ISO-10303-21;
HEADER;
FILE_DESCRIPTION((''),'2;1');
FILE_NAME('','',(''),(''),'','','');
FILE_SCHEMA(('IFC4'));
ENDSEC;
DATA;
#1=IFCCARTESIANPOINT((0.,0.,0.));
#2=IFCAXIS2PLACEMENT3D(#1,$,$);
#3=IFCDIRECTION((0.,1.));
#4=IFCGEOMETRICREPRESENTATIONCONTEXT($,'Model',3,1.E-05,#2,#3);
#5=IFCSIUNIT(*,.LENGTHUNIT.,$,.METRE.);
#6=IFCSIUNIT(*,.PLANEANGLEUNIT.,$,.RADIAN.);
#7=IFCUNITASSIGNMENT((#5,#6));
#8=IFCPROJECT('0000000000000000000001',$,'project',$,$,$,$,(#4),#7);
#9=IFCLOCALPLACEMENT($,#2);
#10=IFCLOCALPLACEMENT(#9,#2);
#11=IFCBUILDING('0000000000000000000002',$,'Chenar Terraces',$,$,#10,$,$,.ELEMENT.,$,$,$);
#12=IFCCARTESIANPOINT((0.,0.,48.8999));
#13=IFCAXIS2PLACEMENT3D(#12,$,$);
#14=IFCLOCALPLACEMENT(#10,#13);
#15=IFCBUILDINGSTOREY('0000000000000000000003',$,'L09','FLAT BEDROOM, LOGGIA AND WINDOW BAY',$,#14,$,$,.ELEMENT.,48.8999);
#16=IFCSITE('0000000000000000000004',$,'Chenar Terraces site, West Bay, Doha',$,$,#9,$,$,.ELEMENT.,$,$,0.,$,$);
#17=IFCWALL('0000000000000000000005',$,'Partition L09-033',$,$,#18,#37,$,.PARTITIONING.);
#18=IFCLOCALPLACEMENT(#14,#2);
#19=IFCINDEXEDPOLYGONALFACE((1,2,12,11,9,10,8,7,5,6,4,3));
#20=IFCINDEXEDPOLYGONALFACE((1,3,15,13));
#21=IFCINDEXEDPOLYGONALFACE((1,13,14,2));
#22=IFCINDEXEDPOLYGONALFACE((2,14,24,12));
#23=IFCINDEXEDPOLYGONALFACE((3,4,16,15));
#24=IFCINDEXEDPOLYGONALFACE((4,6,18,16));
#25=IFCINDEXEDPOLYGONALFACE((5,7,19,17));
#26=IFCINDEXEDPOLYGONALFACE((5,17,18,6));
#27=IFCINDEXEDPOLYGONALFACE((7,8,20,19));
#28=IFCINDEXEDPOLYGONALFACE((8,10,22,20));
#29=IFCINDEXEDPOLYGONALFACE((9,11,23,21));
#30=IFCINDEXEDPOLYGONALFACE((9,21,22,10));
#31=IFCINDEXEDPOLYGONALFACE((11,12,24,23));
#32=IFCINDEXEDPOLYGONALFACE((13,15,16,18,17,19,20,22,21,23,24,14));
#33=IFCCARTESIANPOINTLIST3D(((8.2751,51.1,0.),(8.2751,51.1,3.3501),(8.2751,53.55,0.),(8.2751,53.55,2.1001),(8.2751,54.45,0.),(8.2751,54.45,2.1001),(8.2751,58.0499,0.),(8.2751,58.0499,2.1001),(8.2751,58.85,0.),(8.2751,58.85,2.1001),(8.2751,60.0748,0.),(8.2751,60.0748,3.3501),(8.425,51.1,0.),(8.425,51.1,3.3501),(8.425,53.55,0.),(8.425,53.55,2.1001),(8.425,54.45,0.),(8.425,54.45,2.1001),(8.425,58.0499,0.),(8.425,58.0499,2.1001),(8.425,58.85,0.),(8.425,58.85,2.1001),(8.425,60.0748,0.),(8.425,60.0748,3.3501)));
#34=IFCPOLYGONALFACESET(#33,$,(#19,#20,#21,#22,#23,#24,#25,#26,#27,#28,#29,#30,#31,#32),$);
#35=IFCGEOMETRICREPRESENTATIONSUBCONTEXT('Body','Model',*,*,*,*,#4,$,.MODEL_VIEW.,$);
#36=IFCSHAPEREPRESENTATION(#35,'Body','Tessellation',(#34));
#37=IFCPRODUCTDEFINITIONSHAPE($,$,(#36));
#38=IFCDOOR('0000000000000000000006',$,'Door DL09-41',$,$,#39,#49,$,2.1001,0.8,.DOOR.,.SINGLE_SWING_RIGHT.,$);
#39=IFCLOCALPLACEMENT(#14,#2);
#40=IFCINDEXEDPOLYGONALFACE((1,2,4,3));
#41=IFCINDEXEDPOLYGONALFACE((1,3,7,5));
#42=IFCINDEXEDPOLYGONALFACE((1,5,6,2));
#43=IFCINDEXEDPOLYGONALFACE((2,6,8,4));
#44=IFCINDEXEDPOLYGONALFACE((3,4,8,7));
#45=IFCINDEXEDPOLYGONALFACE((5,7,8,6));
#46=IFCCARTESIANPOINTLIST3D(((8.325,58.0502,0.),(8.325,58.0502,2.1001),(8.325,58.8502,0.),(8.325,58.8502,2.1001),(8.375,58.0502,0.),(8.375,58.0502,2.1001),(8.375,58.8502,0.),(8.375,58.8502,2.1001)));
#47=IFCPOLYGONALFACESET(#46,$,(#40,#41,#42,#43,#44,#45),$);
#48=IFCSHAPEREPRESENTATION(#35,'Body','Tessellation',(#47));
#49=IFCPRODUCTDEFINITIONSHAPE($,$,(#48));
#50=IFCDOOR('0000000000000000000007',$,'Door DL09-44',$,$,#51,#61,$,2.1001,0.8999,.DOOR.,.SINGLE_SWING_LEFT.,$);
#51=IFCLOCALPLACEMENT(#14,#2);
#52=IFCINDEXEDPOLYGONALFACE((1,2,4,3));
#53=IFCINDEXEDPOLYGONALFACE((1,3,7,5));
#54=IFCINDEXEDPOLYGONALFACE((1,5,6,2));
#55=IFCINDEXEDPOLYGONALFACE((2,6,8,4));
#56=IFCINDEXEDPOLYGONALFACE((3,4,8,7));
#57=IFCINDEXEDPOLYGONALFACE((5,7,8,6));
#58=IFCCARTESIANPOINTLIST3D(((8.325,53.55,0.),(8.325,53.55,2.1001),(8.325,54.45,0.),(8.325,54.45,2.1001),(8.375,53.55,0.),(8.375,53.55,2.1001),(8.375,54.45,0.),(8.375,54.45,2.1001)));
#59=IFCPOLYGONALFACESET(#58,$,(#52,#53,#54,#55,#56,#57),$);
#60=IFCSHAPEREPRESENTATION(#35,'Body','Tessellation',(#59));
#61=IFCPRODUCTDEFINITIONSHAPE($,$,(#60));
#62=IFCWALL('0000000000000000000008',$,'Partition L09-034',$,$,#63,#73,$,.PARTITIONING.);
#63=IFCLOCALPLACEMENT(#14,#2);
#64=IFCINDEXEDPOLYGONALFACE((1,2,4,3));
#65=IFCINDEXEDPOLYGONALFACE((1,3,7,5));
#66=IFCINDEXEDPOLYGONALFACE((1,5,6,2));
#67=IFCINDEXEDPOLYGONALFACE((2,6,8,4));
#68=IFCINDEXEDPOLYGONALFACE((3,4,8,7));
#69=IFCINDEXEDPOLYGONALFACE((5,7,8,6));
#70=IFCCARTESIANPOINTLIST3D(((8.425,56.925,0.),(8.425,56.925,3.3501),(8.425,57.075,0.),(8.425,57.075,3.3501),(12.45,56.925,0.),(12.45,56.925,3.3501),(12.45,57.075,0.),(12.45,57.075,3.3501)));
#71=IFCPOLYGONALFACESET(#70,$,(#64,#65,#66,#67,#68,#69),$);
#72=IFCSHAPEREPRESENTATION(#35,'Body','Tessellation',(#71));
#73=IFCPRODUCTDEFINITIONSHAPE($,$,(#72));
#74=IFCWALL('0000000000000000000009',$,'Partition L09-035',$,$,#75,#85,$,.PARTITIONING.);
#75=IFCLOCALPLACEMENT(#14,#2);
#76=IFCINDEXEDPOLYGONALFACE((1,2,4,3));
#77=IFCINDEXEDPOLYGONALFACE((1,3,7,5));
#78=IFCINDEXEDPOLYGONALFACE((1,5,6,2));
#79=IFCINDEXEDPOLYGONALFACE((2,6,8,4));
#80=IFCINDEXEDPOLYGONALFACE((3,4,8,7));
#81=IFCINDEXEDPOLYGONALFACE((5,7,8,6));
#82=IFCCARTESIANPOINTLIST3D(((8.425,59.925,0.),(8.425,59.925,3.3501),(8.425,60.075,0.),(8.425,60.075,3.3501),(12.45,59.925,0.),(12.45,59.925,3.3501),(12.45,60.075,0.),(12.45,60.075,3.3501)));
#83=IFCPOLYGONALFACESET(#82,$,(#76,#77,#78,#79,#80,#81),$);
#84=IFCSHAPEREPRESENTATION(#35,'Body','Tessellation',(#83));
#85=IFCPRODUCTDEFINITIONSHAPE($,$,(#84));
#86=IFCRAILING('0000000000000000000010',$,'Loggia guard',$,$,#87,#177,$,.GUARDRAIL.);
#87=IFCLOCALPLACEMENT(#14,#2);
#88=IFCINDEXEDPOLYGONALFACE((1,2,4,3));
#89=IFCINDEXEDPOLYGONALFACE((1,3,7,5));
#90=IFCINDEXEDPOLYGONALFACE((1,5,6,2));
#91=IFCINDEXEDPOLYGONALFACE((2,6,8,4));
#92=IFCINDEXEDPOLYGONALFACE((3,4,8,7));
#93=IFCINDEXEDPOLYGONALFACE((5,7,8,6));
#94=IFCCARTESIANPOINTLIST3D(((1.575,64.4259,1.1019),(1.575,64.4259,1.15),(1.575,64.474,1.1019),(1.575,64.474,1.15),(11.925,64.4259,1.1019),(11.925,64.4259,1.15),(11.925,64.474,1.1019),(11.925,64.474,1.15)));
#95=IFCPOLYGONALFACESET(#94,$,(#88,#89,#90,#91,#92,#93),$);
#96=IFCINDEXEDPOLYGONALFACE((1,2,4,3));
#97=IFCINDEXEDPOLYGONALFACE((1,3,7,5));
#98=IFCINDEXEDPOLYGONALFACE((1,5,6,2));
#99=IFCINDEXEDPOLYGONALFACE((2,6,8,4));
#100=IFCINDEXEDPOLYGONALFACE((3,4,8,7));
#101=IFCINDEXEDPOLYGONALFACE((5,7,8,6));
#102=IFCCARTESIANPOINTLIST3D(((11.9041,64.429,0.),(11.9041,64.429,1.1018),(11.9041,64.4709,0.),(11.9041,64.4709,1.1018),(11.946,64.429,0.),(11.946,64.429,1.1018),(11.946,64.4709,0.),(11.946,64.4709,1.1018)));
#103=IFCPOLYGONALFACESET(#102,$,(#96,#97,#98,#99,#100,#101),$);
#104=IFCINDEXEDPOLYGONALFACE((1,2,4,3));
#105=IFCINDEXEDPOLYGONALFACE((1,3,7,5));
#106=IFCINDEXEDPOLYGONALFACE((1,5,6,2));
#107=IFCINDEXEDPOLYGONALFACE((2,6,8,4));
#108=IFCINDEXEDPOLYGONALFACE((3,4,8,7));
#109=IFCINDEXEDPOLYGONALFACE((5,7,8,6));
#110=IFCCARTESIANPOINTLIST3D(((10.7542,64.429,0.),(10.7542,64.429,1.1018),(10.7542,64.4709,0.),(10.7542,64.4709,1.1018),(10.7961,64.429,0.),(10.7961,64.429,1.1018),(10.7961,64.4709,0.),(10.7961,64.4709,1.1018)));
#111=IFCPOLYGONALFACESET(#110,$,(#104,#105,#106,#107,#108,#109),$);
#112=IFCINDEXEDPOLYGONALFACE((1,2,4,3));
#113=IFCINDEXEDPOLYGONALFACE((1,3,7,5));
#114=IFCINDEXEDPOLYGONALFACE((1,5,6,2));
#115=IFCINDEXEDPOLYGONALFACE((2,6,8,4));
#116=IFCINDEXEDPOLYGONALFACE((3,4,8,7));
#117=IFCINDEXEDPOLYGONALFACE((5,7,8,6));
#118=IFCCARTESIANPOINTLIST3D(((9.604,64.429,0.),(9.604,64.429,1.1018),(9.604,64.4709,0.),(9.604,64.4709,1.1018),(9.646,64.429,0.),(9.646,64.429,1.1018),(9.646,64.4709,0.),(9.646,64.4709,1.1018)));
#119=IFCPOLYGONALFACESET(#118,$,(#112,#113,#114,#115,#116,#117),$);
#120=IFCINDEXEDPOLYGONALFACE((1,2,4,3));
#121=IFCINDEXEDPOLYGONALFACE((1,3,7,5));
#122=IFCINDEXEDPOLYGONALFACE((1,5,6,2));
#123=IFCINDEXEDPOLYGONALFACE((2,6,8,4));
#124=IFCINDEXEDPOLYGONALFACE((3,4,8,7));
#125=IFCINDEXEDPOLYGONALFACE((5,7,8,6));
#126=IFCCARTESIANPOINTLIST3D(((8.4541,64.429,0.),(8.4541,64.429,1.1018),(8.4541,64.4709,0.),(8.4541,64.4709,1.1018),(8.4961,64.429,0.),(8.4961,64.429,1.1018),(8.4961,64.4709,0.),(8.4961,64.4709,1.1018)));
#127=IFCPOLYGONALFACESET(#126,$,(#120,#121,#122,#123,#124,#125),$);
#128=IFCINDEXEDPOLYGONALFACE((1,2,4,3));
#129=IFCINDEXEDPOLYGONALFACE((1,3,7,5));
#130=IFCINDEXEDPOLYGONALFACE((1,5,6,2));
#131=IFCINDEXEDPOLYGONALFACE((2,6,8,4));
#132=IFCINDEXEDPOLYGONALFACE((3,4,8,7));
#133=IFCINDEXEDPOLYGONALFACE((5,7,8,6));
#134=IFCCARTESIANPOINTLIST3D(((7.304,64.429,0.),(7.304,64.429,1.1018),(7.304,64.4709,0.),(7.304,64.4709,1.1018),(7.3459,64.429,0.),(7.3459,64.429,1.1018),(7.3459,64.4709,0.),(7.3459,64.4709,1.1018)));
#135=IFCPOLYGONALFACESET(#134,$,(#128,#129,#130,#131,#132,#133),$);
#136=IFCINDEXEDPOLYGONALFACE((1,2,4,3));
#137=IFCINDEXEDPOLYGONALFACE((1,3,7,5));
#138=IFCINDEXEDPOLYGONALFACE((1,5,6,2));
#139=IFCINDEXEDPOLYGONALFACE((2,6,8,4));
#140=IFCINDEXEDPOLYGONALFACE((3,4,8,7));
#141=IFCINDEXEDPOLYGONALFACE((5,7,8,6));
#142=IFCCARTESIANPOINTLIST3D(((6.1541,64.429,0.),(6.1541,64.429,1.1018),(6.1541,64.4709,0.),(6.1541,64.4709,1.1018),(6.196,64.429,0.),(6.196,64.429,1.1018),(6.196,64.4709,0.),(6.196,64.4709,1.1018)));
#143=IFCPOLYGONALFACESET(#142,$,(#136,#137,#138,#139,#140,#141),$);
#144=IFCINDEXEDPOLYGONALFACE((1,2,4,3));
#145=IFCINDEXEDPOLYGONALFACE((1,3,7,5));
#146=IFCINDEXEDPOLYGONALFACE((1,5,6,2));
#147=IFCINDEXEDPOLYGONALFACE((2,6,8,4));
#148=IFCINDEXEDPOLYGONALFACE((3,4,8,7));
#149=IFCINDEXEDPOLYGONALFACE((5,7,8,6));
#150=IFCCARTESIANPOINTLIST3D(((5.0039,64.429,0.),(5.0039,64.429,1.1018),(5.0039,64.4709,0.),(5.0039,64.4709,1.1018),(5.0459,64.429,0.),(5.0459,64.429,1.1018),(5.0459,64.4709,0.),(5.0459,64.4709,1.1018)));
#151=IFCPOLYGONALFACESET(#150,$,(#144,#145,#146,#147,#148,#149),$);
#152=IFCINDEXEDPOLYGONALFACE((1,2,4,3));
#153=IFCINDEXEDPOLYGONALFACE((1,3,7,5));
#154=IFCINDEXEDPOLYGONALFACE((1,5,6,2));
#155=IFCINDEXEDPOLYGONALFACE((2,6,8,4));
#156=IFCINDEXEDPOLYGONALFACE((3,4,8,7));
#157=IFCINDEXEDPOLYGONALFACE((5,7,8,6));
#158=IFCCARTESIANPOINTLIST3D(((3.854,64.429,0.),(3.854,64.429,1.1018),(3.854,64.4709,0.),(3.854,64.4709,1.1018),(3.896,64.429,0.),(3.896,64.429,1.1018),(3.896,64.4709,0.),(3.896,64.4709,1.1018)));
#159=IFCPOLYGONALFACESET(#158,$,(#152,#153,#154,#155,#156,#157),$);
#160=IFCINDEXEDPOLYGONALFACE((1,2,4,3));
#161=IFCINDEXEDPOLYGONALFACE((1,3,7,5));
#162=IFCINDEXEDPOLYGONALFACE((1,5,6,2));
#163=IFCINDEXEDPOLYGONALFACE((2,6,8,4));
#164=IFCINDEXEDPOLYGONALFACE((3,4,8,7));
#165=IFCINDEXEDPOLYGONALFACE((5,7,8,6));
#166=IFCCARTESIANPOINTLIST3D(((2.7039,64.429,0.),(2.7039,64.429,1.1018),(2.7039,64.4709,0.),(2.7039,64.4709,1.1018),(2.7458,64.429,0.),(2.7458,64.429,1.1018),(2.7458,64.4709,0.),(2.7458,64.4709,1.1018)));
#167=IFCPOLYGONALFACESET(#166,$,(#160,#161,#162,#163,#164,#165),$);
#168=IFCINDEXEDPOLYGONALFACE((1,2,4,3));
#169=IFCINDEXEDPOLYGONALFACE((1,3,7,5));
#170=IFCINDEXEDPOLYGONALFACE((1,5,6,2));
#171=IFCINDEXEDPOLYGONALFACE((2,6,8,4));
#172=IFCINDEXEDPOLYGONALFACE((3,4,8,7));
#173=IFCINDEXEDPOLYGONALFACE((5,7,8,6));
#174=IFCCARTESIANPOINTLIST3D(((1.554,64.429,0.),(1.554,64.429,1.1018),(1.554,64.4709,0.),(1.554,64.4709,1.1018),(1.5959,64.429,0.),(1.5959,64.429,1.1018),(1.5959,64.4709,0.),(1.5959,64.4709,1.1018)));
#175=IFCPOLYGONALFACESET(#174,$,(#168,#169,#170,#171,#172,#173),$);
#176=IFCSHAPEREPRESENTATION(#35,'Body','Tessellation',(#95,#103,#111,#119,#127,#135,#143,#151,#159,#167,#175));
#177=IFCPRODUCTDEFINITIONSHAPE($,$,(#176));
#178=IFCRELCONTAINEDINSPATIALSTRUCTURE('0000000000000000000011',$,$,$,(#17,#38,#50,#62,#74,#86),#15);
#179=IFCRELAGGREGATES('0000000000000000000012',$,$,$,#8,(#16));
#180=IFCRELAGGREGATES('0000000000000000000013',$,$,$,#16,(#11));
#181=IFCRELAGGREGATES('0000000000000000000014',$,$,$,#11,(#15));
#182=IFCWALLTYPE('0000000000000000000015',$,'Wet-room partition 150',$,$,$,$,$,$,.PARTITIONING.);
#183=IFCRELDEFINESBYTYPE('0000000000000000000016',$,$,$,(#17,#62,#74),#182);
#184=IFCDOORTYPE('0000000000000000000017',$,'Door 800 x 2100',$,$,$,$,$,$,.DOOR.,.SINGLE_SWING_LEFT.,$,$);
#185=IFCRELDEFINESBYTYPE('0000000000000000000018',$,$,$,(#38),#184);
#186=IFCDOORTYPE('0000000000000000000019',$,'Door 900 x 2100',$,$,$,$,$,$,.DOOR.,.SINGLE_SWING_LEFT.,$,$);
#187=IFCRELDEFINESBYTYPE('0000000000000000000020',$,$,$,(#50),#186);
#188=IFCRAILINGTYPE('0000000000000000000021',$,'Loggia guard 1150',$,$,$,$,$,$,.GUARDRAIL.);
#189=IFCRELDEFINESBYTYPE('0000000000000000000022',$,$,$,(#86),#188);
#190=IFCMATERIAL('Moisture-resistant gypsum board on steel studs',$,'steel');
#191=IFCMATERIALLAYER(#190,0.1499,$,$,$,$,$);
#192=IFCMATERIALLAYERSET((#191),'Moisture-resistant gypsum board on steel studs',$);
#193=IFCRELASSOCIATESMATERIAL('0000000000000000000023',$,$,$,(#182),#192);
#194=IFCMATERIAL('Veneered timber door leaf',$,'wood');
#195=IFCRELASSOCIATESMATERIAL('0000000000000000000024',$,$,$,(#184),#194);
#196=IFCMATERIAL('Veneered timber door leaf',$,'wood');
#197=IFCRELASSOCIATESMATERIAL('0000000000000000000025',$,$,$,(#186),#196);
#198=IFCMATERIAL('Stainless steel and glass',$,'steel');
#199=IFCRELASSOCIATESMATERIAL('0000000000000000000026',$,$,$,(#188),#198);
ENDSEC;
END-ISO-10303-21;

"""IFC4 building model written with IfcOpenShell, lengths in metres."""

from ifc_helpers import new_model, si_unit, direction, frame, frame_2d, origin, origin_2d, place, context, subcontext, project, spatial, rectangle, extrude, material, layer, layer_set, type_object, element, fill, save


model = new_model("IFC4")

# Units and contexts
model_context = context("Model", 3, precision=1e-05, world=origin(), true_north=direction((0.0, 1.0)))
body_context = subcontext(model_context, "Body", "Model", "MODEL_VIEW")
ifc_project = project(units=[si_unit("LENGTHUNIT", "METRE"), si_unit("PLANEANGLEUNIT", "RADIAN")], contexts=[model_context])

# Site, building, storey
site_placement = place(None, origin())
site = spatial("IfcSite", under=ifc_project, at=site_placement, Name="Chenar Terraces site, West Bay, Doha", CompositionType="ELEMENT", RefElevation=0.0)
building_placement = place(site_placement, origin())
building = spatial("IfcBuilding", under=site, at=building_placement, Name="Chenar Terraces", CompositionType="ELEMENT")
storey_placement = place(building_placement, frame((0.0, 0.0, 48.8999)))
storey = spatial("IfcBuildingStorey", under=building, at=storey_placement, Name="L09", Description="FLAT BEDROOM, LOGGIA AND WINDOW BAY", CompositionType="ELEMENT", Elevation=48.8999)

# Shared definitions
ifc_material_1 = material(Name="Moisture-resistant gypsum board on steel studs", Category="steel")
ifc_layer_1 = layer(ifc_material_1, 0.1499)
ifc_layer_set_1 = layer_set([ifc_layer_1], Name="Moisture-resistant gypsum board on steel studs")
wall_type_1 = type_object("IfcWallType", Name="Wet-room partition 150", PredefinedType="PARTITIONING", material=ifc_layer_set_1)

# Shared definitions
ifc_material_2 = material(Name="Veneered timber door leaf", Category="wood")
door_type_1 = type_object("IfcDoorType", Name="Door 800 x 2100", OperationType="SINGLE_SWING_LEFT", PredefinedType="DOOR", material=ifc_material_2)
ifc_material_3 = material(Name="Veneered timber door leaf", Category="wood")
door_type_2 = type_object("IfcDoorType", Name="Door 900 x 2100", OperationType="SINGLE_SWING_LEFT", PredefinedType="DOOR", material=ifc_material_3)

# Wall, openings, doors
wall_1_placement = place(storey_placement, frame((8.3501, 51.1001, 0.0), z_axis=(0.0, 0.0, 1.0), x_axis=(0.0, 1.0, 0.0)))
wall_1 = element("IfcWall", 1, at=wall_1_placement, inside=storey, type_object=wall_type_1, Name="Partition L09-033", PredefinedType="PARTITIONING", context=body_context, shape_type="SweptSolid", body=[
    extrude(rectangle(XDim=8.9749, YDim=0.1499, at=frame_2d((4.4873, 0.0))), origin(), (0.0, 0.0, 1.0), 3.3501),
])
opening_1_placement = place(wall_1_placement, frame((6.95, 0.0, 0.0)))
opening_1 = element("IfcOpeningElement", 2, at=opening_1_placement, cuts=wall_1, PredefinedType="OPENING", context=body_context, shape_type="SweptSolid", body=[
    extrude(rectangle(XDim=0.8, YDim=2.1001, at=frame_2d((0.3999, 1.05))), frame((0.0, 0.085, 0.0), z_axis=(0.0, -1.0, 0.0), x_axis=(1.0, 0.0, 0.0)), (0.0, 0.0, 1.0), 0.1699),
])
opening_2_placement = place(wall_1_placement, frame((2.45, 0.0, 0.0)))
opening_2 = element("IfcOpeningElement", 3, at=opening_2_placement, cuts=wall_1, PredefinedType="OPENING", context=body_context, shape_type="SweptSolid", body=[
    extrude(rectangle(XDim=0.8999, YDim=2.1001, at=frame_2d((0.45, 1.05))), frame((0.0, 0.085, 0.0), z_axis=(0.0, -1.0, 0.0), x_axis=(1.0, 0.0, 0.0)), (0.0, 0.0, 1.0), 0.1699),
])
door_1_placement = place(opening_1_placement, frame((0.8, 0.0, 0.0), z_axis=(0.0, 0.0, 1.0), x_axis=(-1.0, 0.0, 0.0)))
door_1 = element("IfcDoor", 4, at=door_1_placement, inside=storey, type_object=door_type_1, Name="Door DL09-41", OperationType="SINGLE_SWING_RIGHT", OverallHeight=2.1001, OverallWidth=0.8, PredefinedType="DOOR", context=body_context, shape_type="SweptSolid", body=[
    extrude(rectangle(XDim=0.8, YDim=2.1001, at=frame_2d((0.3999, 1.05))), frame((0.0, 0.0249, 0.0), z_axis=(0.0, -1.0, 0.0), x_axis=(1.0, 0.0, 0.0)), (0.0, 0.0, 1.0), 0.05),
])
fill(opening_1, door_1)
door_2_placement = place(opening_2_placement, frame((0.8999, 0.0, 0.0), z_axis=(0.0, 0.0, 1.0), x_axis=(-1.0, 0.0, 0.0)))
door_2 = element("IfcDoor", 5, at=door_2_placement, inside=storey, type_object=door_type_2, Name="Door DL09-44", OperationType="SINGLE_SWING_LEFT", OverallHeight=2.1001, OverallWidth=0.8999, PredefinedType="DOOR", context=body_context, shape_type="SweptSolid", body=[
    extrude(rectangle(XDim=0.8999, YDim=2.1001, at=frame_2d((0.45, 1.05))), frame((0.0, 0.0249, 0.0), z_axis=(0.0, -1.0, 0.0), x_axis=(1.0, 0.0, 0.0)), (0.0, 0.0, 1.0), 0.05),
])
fill(opening_2, door_2)

# Walls
for number, where, z_axis, x_axis, name in (
    (6, (8.425, 57.0, 0.0), (0.0, 0.0, 1.0), (1.0, 0.0, 0.0), "Partition L09-034"),
    (7, (8.425, 60.0, 0.0), (0.0, 0.0, 1.0), (1.0, 0.0, 0.0), "Partition L09-035"),
):
    element("IfcWall", number, at=place(storey_placement, frame(where, z_axis=z_axis, x_axis=x_axis)), inside=storey, type_object=wall_type_1, Name=name, PredefinedType="PARTITIONING", context=body_context, shape_type="SweptSolid", body=[
        extrude(rectangle(XDim=4.0249, YDim=0.1499, at=frame_2d((2.0125, 0.0))), origin(), (0.0, 0.0, 1.0), 3.3501),
    ])

# Railing
ifc_material_4 = material(Name="Stainless steel and glass", Category="steel")
railing_type = type_object("IfcRailingType", Name="Loggia guard 1150", PredefinedType="GUARDRAIL", material=ifc_material_4)
railing_placement = place(storey_placement, frame((11.925, 64.45, 0.0)))
element("IfcRailing", 8, at=railing_placement, inside=storey, type_object=railing_type, Name="Loggia guard", PredefinedType="GUARDRAIL", context=body_context, shape_type="SweptSolid", body=[
    extrude(rectangle(XDim=0.0481, YDim=0.0481, at=origin_2d()), frame((0.0, 0.0, 1.126), z_axis=(-1.0, 0.0, 0.0), x_axis=(0.0, -1.0, 0.0)), (0.0, 0.0, 1.0), 10.3501),
    extrude(rectangle(XDim=0.042, YDim=0.042, at=origin_2d()), origin(), (0.0, 0.0, 1.0), 1.1018),
    extrude(rectangle(XDim=0.042, YDim=0.042, at=origin_2d()), frame((-1.1499, 0.0, 0.0)), (0.0, 0.0, 1.0), 1.1018),
    extrude(rectangle(XDim=0.042, YDim=0.042, at=origin_2d()), frame((-2.3, 0.0, 0.0)), (0.0, 0.0, 1.0), 1.1018),
    extrude(rectangle(XDim=0.042, YDim=0.042, at=origin_2d()), frame((-3.45, 0.0, 0.0)), (0.0, 0.0, 1.0), 1.1018),
    extrude(rectangle(XDim=0.042, YDim=0.042, at=origin_2d()), frame((-4.6001, 0.0, 0.0)), (0.0, 0.0, 1.0), 1.1018),
    extrude(rectangle(XDim=0.042, YDim=0.042, at=origin_2d()), frame((-5.75, 0.0, 0.0)), (0.0, 0.0, 1.0), 1.1018),
    extrude(rectangle(XDim=0.042, YDim=0.042, at=origin_2d()), frame((-6.9001, 0.0, 0.0)), (0.0, 0.0, 1.0), 1.1018),
    extrude(rectangle(XDim=0.042, YDim=0.042, at=origin_2d()), frame((-8.05, 0.0, 0.0)), (0.0, 0.0, 1.0), 1.1018),
    extrude(rectangle(XDim=0.042, YDim=0.042, at=origin_2d()), frame((-9.2002, 0.0, 0.0)), (0.0, 0.0, 1.0), 1.1018),
    extrude(rectangle(XDim=0.042, YDim=0.042, at=origin_2d()), frame((-10.3501, 0.0, 0.0)), (0.0, 0.0, 1.0), 1.1018),
])

save(model, "model.ifc")
